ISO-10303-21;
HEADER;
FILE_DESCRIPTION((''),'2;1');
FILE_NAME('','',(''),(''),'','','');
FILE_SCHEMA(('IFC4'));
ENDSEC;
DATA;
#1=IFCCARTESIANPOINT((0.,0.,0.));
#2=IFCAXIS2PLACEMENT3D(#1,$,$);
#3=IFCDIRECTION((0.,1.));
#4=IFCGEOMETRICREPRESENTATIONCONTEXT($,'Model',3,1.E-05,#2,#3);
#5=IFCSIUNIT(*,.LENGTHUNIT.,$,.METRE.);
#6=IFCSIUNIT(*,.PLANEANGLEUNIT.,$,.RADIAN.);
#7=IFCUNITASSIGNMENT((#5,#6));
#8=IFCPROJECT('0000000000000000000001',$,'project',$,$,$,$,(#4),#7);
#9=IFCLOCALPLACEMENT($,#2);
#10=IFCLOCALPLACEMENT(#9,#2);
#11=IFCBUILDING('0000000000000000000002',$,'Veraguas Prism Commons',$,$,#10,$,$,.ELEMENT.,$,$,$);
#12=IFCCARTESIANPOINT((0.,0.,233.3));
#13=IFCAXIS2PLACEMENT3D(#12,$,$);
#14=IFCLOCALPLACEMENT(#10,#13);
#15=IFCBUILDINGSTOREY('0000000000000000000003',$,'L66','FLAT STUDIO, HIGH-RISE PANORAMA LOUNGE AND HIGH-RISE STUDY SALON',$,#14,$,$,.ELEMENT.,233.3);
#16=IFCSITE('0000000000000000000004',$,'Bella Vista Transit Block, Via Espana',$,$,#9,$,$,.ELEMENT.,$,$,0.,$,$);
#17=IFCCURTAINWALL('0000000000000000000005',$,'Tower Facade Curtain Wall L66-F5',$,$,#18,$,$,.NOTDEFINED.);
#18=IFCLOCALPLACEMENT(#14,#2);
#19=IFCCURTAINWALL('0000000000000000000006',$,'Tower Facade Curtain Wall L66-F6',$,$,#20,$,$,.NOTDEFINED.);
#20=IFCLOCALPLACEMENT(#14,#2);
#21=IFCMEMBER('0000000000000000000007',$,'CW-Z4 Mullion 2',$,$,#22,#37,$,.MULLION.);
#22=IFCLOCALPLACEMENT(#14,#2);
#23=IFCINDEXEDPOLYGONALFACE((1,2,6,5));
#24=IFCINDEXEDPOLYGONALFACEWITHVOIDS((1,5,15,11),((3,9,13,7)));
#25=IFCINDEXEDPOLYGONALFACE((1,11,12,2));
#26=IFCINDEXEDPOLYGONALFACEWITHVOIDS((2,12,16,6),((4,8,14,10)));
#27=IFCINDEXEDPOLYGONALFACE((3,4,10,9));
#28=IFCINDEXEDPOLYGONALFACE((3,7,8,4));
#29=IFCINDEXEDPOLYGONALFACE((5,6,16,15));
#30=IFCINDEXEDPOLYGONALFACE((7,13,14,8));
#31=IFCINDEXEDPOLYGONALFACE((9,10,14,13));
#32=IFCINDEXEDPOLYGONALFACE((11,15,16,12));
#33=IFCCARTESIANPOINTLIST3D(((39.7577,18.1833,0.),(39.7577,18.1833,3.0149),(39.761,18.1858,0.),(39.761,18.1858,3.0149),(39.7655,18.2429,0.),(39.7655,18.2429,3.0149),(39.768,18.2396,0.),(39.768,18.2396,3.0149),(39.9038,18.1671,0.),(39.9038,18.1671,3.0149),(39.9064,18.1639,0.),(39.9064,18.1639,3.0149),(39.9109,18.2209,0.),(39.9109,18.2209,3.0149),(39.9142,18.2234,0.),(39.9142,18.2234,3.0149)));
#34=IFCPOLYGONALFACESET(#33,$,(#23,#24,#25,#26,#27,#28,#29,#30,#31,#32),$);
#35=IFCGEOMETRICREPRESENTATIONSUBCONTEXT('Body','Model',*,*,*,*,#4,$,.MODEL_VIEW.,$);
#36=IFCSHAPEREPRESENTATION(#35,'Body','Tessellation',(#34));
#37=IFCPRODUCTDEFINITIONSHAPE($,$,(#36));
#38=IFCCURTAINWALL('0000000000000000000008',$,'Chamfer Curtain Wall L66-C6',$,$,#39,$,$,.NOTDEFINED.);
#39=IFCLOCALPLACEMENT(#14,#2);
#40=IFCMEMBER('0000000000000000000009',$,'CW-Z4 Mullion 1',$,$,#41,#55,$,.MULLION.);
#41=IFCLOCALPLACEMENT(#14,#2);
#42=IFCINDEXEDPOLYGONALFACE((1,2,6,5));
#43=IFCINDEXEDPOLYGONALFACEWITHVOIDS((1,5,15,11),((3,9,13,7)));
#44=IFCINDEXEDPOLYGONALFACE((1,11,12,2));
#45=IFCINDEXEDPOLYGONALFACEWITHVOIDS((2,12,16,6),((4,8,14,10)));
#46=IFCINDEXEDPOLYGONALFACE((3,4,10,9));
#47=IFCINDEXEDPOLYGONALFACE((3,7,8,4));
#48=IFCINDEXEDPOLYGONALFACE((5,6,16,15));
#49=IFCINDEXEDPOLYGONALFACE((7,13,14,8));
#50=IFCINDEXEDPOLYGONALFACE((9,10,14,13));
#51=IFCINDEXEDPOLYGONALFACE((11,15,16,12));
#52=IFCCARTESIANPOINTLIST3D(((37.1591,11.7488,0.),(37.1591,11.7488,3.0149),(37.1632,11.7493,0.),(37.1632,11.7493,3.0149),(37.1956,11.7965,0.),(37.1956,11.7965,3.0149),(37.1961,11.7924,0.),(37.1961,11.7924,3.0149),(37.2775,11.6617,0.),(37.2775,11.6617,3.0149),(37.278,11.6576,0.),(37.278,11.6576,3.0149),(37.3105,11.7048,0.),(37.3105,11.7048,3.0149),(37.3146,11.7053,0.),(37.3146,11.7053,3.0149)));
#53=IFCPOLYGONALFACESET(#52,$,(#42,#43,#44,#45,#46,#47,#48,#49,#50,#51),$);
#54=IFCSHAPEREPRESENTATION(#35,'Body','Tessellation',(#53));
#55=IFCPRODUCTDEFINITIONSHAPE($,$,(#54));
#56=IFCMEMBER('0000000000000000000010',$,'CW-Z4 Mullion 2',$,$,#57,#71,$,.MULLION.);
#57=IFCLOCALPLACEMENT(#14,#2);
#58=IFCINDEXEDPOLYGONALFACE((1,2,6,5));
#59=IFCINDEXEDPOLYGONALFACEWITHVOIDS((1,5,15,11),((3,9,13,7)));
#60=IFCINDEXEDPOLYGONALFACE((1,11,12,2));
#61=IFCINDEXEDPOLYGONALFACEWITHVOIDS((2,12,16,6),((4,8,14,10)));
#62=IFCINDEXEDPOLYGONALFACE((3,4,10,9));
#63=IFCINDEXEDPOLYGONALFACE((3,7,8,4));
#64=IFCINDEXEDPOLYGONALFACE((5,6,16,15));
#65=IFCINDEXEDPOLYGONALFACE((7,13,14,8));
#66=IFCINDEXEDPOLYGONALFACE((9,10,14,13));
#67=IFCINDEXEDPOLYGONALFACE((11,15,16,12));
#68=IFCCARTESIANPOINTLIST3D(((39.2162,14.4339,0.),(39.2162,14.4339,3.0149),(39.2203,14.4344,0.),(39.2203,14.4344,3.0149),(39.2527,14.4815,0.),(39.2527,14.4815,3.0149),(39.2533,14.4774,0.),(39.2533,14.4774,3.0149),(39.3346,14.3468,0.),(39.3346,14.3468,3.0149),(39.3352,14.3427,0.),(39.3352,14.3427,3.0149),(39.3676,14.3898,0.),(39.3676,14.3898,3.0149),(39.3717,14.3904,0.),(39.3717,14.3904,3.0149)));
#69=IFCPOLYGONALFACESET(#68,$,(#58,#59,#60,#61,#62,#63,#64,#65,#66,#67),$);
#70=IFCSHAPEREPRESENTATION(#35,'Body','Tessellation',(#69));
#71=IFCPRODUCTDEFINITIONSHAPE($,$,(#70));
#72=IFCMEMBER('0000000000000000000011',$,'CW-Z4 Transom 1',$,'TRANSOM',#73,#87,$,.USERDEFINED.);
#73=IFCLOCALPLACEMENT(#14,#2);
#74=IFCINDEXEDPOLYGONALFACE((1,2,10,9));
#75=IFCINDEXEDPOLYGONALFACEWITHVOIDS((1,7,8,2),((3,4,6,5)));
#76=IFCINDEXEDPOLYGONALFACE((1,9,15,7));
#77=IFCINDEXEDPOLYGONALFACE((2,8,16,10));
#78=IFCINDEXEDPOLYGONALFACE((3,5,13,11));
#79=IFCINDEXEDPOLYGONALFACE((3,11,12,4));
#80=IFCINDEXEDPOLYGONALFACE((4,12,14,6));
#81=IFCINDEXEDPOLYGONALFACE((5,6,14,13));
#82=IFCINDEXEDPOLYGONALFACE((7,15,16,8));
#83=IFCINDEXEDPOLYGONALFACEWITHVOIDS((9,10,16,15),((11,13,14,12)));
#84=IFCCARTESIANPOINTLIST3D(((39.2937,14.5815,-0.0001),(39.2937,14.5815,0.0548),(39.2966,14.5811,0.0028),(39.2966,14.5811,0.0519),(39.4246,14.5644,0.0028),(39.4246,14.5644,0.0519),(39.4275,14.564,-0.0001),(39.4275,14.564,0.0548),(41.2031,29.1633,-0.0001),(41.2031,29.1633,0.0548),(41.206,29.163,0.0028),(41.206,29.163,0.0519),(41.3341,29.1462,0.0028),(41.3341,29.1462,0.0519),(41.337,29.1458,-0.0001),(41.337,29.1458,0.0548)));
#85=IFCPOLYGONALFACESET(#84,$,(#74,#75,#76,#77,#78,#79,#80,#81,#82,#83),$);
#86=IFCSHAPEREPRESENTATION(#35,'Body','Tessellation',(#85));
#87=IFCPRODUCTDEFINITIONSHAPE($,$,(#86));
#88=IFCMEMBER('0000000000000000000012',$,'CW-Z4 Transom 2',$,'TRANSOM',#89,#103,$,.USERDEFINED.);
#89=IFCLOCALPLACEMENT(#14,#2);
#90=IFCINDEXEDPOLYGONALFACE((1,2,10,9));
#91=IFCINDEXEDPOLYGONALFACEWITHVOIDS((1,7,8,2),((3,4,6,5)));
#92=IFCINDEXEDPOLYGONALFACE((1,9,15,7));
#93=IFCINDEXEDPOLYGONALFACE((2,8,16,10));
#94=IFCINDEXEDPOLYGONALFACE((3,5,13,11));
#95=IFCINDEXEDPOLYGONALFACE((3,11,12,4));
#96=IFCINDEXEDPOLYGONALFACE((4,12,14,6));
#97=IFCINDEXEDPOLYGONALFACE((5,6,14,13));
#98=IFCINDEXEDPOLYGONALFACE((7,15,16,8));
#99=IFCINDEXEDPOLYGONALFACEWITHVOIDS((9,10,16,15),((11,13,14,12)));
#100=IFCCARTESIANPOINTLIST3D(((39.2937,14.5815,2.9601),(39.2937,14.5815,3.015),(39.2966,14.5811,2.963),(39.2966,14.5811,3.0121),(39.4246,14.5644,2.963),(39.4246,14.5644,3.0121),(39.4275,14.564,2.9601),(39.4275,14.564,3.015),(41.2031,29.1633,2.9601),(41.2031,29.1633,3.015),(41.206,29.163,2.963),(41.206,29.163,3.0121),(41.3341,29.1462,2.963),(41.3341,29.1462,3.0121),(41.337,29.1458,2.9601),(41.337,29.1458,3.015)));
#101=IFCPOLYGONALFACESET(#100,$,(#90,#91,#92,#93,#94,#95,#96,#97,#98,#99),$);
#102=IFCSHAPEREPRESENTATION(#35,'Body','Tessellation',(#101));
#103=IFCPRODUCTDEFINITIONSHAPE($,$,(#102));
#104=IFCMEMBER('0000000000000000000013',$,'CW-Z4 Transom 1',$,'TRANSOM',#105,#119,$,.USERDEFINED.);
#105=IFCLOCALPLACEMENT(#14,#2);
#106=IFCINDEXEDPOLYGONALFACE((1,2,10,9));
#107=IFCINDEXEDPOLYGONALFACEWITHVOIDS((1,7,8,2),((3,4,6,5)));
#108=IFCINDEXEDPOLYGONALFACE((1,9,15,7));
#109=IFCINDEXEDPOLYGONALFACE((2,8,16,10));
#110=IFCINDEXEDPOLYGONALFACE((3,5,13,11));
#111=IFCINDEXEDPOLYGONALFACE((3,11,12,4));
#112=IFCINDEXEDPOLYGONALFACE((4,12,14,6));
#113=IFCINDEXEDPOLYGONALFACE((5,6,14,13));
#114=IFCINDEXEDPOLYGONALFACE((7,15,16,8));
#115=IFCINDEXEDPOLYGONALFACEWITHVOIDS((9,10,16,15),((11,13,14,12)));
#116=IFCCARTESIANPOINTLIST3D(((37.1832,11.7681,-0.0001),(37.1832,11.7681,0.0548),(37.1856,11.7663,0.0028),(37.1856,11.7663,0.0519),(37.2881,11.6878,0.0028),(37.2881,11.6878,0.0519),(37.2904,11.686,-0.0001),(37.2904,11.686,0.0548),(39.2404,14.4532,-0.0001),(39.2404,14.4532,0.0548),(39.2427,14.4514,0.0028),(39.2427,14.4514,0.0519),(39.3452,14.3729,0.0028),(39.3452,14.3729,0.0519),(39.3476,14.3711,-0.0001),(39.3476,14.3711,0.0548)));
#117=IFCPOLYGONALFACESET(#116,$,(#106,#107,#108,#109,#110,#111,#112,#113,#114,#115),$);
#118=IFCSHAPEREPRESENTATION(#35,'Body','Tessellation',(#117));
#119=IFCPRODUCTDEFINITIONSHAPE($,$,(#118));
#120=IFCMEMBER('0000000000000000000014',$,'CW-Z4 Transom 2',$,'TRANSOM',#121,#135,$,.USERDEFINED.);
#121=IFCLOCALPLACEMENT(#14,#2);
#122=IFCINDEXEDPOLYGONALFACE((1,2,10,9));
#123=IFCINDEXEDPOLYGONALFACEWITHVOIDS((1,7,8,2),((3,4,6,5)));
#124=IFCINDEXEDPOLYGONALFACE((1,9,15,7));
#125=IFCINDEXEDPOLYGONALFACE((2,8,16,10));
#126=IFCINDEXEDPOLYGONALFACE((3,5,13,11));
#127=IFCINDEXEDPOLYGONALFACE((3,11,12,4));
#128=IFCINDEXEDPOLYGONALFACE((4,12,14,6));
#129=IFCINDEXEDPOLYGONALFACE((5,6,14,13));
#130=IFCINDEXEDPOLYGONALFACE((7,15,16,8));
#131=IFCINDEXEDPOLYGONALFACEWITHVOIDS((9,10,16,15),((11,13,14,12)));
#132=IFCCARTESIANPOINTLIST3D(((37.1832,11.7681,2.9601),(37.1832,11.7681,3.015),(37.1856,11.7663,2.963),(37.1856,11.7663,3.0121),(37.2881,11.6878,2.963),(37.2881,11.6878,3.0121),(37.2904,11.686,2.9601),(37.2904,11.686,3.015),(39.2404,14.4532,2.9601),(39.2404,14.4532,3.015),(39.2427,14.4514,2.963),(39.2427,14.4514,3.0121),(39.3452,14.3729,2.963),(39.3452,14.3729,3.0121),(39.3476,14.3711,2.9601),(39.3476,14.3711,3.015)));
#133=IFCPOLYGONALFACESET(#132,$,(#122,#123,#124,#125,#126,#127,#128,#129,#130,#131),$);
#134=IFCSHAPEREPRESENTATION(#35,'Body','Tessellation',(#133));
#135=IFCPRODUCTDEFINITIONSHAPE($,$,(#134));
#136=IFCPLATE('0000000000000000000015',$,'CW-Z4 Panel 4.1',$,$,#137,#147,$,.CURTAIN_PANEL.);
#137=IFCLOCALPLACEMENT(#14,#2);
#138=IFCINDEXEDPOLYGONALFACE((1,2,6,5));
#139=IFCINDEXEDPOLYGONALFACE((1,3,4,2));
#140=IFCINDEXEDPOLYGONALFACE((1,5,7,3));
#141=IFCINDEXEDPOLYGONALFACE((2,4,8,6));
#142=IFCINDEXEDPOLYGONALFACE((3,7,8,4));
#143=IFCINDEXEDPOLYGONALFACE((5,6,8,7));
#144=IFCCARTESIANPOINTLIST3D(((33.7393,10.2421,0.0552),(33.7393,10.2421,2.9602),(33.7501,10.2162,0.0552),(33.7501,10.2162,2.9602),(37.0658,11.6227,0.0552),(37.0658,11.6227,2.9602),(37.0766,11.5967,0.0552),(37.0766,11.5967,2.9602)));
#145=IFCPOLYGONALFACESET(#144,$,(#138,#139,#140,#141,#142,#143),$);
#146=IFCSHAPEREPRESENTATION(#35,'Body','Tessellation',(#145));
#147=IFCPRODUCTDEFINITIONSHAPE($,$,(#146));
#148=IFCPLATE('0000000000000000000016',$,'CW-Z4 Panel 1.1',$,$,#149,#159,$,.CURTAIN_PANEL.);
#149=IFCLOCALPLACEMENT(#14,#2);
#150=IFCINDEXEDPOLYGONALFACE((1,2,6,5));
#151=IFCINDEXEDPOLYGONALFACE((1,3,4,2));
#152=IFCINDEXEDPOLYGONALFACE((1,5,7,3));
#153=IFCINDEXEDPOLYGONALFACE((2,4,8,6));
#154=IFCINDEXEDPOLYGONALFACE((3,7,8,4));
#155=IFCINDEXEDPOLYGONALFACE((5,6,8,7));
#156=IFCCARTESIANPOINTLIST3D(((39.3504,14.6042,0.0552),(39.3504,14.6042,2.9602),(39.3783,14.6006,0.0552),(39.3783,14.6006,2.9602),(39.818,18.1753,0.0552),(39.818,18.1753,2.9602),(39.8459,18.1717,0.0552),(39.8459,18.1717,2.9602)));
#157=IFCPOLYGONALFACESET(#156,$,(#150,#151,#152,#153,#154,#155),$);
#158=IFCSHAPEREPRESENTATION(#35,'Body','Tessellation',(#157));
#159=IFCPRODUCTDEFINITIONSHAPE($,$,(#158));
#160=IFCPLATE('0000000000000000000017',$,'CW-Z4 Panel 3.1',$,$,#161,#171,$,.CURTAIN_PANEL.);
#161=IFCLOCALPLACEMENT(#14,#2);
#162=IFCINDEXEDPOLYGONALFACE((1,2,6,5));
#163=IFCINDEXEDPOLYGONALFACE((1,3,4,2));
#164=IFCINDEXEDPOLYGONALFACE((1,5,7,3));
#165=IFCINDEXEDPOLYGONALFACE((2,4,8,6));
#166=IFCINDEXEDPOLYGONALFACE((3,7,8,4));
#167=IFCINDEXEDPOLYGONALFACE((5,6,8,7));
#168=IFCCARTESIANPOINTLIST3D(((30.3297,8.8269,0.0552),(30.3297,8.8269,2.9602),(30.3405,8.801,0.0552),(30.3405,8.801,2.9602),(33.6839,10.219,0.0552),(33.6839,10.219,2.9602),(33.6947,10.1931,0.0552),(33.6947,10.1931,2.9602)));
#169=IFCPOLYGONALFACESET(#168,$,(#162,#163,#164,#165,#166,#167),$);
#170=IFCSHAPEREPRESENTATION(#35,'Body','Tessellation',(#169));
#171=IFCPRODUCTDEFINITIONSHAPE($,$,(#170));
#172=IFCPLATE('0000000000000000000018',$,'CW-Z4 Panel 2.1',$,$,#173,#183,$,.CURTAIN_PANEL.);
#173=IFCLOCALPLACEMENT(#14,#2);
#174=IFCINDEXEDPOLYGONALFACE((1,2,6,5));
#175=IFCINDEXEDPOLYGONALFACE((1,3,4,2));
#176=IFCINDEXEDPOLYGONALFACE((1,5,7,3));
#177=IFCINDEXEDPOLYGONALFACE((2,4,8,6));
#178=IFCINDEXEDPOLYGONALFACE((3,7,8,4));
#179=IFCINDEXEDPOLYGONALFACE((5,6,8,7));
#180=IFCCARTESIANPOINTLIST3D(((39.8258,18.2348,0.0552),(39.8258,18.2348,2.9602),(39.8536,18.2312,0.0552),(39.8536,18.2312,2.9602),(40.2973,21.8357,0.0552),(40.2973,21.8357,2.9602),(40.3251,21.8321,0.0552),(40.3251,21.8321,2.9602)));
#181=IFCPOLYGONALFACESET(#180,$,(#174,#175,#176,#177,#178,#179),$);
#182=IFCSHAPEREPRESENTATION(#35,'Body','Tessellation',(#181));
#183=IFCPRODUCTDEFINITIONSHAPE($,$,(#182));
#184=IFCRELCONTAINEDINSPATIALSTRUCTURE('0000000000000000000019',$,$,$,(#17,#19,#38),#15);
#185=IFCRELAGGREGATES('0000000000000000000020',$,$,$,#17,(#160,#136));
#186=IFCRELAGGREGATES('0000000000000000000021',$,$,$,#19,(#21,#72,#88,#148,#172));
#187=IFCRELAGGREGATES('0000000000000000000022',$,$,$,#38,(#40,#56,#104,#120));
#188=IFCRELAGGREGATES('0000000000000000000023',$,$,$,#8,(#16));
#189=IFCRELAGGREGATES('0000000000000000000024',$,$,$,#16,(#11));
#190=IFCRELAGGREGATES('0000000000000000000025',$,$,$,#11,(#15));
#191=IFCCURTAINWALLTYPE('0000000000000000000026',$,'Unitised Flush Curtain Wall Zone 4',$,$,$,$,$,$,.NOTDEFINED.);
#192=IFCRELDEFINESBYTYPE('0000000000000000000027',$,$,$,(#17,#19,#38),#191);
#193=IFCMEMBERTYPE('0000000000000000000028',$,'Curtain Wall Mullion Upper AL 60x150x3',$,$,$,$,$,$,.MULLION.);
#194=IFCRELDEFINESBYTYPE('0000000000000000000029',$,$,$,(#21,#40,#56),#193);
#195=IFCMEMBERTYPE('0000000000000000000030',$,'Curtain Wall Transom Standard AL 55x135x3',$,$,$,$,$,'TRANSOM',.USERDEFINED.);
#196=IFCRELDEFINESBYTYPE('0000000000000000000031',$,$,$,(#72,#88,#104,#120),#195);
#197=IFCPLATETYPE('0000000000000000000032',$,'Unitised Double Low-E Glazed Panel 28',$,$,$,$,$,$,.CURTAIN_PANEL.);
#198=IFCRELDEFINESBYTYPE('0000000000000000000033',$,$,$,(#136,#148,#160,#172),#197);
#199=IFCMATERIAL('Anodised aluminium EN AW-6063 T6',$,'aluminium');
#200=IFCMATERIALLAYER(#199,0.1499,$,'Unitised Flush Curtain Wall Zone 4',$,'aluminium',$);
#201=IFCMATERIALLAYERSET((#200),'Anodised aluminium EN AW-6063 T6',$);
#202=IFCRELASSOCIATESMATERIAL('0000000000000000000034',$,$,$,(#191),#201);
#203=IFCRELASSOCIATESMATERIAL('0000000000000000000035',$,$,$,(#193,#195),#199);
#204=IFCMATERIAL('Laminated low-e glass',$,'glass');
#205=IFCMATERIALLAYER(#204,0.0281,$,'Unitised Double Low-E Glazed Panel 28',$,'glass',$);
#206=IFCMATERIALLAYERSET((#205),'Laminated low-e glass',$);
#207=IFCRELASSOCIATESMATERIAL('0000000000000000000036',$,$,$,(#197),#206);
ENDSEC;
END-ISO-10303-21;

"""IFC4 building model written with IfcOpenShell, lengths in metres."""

from ifc_helpers import new_model, si_unit, direction, frame, origin, origin_2d, place, context, subcontext, project, spatial, rectangle, hollow_rectangle, extrude, source, transform, mapped, material, layer, layer_set, material_profile, profile_set, type_object, element, aggregate, save


model = new_model("IFC4")

# Units and contexts
model_context = context("Model", 3, precision=1e-05, world=origin(), true_north=direction((0.0, 1.0)))
body_context = subcontext(model_context, "Body", "Model", "MODEL_VIEW")
ifc_project = project(units=[si_unit("LENGTHUNIT", "METRE"), si_unit("PLANEANGLEUNIT", "RADIAN")], contexts=[model_context])

# Site, building, storey
site_placement = place(None, origin())
site = spatial("IfcSite", under=ifc_project, at=site_placement, Name="Bella Vista Transit Block, Via Espana", CompositionType="ELEMENT", RefElevation=0.0)
building_placement = place(site_placement, origin())
building = spatial("IfcBuilding", under=site, at=building_placement, Name="Veraguas Prism Commons", CompositionType="ELEMENT")
storey_placement = place(building_placement, frame((0.0, 0.0, 233.3)))
storey = spatial("IfcBuildingStorey", under=building, at=storey_placement, Name="L66", Description="FLAT STUDIO, HIGH-RISE PANORAMA LOUNGE AND HIGH-RISE STUDY SALON", CompositionType="ELEMENT", Elevation=233.3)

# Curtain walls, members
ifc_material_1 = material(Name="Anodised aluminium EN AW-6063 T6", Category="aluminium")
ifc_layer_1 = layer(ifc_material_1, 0.1499, Name="Unitised Flush Curtain Wall Zone 4", Category="aluminium")
ifc_layer_set_1 = layer_set([ifc_layer_1], Name="Anodised aluminium EN AW-6063 T6")
curtain_wall_type = type_object("IfcCurtainWallType", Name="Unitised Flush Curtain Wall Zone 4", PredefinedType="NOTDEFINED", material=ifc_layer_set_1)
curtain_wall_1_placement = place(storey_placement, origin())
curtain_wall_1 = element("IfcCurtainWall", 1, at=curtain_wall_1_placement, inside=storey, type_object=curtain_wall_type, Name="Tower Facade Curtain Wall L66-F5", PredefinedType="NOTDEFINED")
ifc_material_profile_1 = material_profile(ifc_material_1, hollow_rectangle(XDim=0.0601, YDim=0.1499, WallThickness=0.0029, at=origin_2d()), Name="AL60X150X3")
ifc_profile_set_1 = profile_set([ifc_material_profile_1], Name="Anodised aluminium EN AW-6063 T6")
member_type_1 = type_object("IfcMemberType", Name="Curtain Wall Mullion Upper AL 60x150x3", PredefinedType="MULLION", material=ifc_profile_set_1)
shared_shape_1 = source(origin(), body_context, "Body", "SweptSolid", [
    extrude(hollow_rectangle(XDim=0.0601, YDim=0.1499, WallThickness=0.0029, at=origin_2d()), origin(), (0.0, 0.0, 1.0), 3.0149),
])
curtain_wall_2_placement = place(storey_placement, origin())
curtain_wall_2 = element("IfcCurtainWall", 2, at=curtain_wall_2_placement, inside=storey, type_object=curtain_wall_type, Name="Tower Facade Curtain Wall L66-F6", PredefinedType="NOTDEFINED")
member_1_placement = place(storey_placement, frame((39.8359, 18.2034, 0.0), z_axis=(0.0, 0.0, 1.0), x_axis=(0.129836, 0.991536, 0.0)))
member_1 = element("IfcMember", 3, at=member_1_placement, type_object=member_type_1, Name="CW-Z4 Mullion 2", PredefinedType="MULLION", context=body_context, shape_type="MappedRepresentation", body=[
    mapped(shared_shape_1, transform((0.0, 0.0, 0.0), scale=1.0)),
])
curtain_wall_3_placement = place(storey_placement, origin())
curtain_wall_3 = element("IfcCurtainWall", 4, at=curtain_wall_3_placement, inside=storey, type_object=curtain_wall_type, Name="Chamfer Curtain Wall L66-C6", PredefinedType="NOTDEFINED")
member_2_placement = place(storey_placement, frame((37.2368, 11.7271, 0.0), z_axis=(0.0, 0.0, 1.0), x_axis=(0.608181, 0.793798, 0.0)))
member_2 = element("IfcMember", 5, at=member_2_placement, type_object=member_type_1, Name="CW-Z4 Mullion 1", PredefinedType="MULLION", context=body_context, shape_type="MappedRepresentation", body=[
    mapped(shared_shape_1, transform((0.0, 0.0, 0.0), scale=1.0)),
])
member_3_placement = place(storey_placement, frame((39.2939, 14.4121, 0.0), z_axis=(0.0, 0.0, 1.0), x_axis=(0.608181, 0.793798, 0.0)))
member_3 = element("IfcMember", 6, at=member_3_placement, type_object=member_type_1, Name="CW-Z4 Mullion 2", PredefinedType="MULLION", context=body_context, shape_type="MappedRepresentation", body=[
    mapped(shared_shape_1, transform((0.0, 0.0, 0.0), scale=1.0)),
])

# Members
ifc_material_profile_2 = material_profile(ifc_material_1, hollow_rectangle(XDim=0.0549, YDim=0.135, WallThickness=0.0029, at=origin_2d()), Name="AL55X135X3")
ifc_profile_set_2 = profile_set([ifc_material_profile_2], Name="Anodised aluminium EN AW-6063 T6")
member_type_2 = type_object("IfcMemberType", Name="Curtain Wall Transom Standard AL 55x135x3", ElementType="TRANSOM", PredefinedType="USERDEFINED", material=ifc_profile_set_2)
shared_shape_2 = source(origin(), body_context, "Body", "SweptSolid", [
    extrude(hollow_rectangle(XDim=0.0549, YDim=0.135, WallThickness=0.0029, at=origin_2d()), origin(), (0.0, 0.0, 1.0), 14.7063),
])
member_4_placement = place(storey_placement, frame((39.3606, 14.5728, 0.0273), z_axis=(0.129837, 0.991535, 0.0), x_axis=(0.0, 0.0, 1.0)))
member_4 = element("IfcMember", 7, at=member_4_placement, type_object=member_type_2, Name="CW-Z4 Transom 1", ObjectType="TRANSOM", PredefinedType="USERDEFINED", context=body_context, shape_type="MappedRepresentation", body=[
    mapped(shared_shape_2, transform((0.0, 0.0, 0.0), scale=1.0)),
])
member_5_placement = place(storey_placement, frame((39.3606, 14.5728, 2.9875), z_axis=(0.129837, 0.991535, 0.0), x_axis=(0.0, 0.0, 1.0)))
member_5 = element("IfcMember", 8, at=member_5_placement, type_object=member_type_2, Name="CW-Z4 Transom 2", ObjectType="TRANSOM", PredefinedType="USERDEFINED", context=body_context, shape_type="MappedRepresentation", body=[
    mapped(shared_shape_2, transform((0.0, 0.0, 0.0), scale=1.0)),
])
shared_shape_3 = source(origin(), body_context, "Body", "SweptSolid", [
    extrude(hollow_rectangle(XDim=0.0549, YDim=0.135, WallThickness=0.0029, at=origin_2d()), origin(), (0.0, 0.0, 1.0), 3.3826),
])
member_6_placement = place(storey_placement, frame((37.2368, 11.7271, 0.0273), z_axis=(0.608168, 0.793808, 0.0), x_axis=(0.0, 0.0, 1.0)))
member_6 = element("IfcMember", 9, at=member_6_placement, type_object=member_type_2, Name="CW-Z4 Transom 1", ObjectType="TRANSOM", PredefinedType="USERDEFINED", context=body_context, shape_type="MappedRepresentation", body=[
    mapped(shared_shape_3, transform((0.0, 0.0, 0.0), scale=1.0)),
])
member_7_placement = place(storey_placement, frame((37.2368, 11.7271, 2.9875), z_axis=(0.608168, 0.793808, 0.0), x_axis=(0.0, 0.0, 1.0)))
member_7 = element("IfcMember", 10, at=member_7_placement, type_object=member_type_2, Name="CW-Z4 Transom 2", ObjectType="TRANSOM", PredefinedType="USERDEFINED", context=body_context, shape_type="MappedRepresentation", body=[
    mapped(shared_shape_3, transform((0.0, 0.0, 0.0), scale=1.0)),
])

# Plates
ifc_material_2 = material(Name="Laminated low-e glass", Category="glass")
ifc_layer_2 = layer(ifc_material_2, 0.0281, Name="Unitised Double Low-E Glazed Panel 28", Category="glass")
ifc_layer_set_2 = layer_set([ifc_layer_2], Name="Laminated low-e glass")
plate_type = type_object("IfcPlateType", Name="Unitised Double Low-E Glazed Panel 28", PredefinedType="CURTAIN_PANEL", material=ifc_layer_set_2)
shared_shape_4 = source(origin(), body_context, "Body", "SweptSolid", [
    extrude(rectangle(XDim=3.6016, YDim=0.0281, at=origin_2d()), origin(), (0.0, 0.0, 1.0), 2.905),
])
plate_1_placement = place(storey_placement, frame((35.408, 10.9194, 0.0552), z_axis=(0.0, 0.0, 1.0), x_axis=(0.923615, 0.383322, 0.0)))
plate_1 = element("IfcPlate", 11, at=plate_1_placement, type_object=plate_type, Name="CW-Z4 Panel 4.1", PredefinedType="CURTAIN_PANEL", context=body_context, shape_type="MappedRepresentation", body=[
    mapped(shared_shape_4, transform((0.0, 0.0, 0.0), scale=1.0)),
])
plate_2_placement = place(storey_placement, frame((39.5981, 16.3879, 0.0552), z_axis=(0.0, 0.0, 1.0), x_axis=(0.129836, 0.991536, 0.0)))
plate_2 = element("IfcPlate", 12, at=plate_2_placement, type_object=plate_type, Name="CW-Z4 Panel 1.1", PredefinedType="CURTAIN_PANEL", context=body_context, shape_type="MappedRepresentation", body=[
    mapped(shared_shape_4, transform((0.0, 0.0, 0.0), scale=1.0)),
])
shared_shape_5 = source(origin(), body_context, "Body", "SweptSolid", [
    extrude(rectangle(XDim=3.6316, YDim=0.0281, at=origin_2d()), origin(), (0.0, 0.0, 1.0), 2.905),
])
plate_3_placement = place(storey_placement, frame((32.0122, 9.51, 0.0552), z_axis=(0.0, 0.0, 1.0), x_axis=(0.923615, 0.383322, 0.0)))
plate_3 = element("IfcPlate", 13, at=plate_3_placement, type_object=plate_type, Name="CW-Z4 Panel 3.1", PredefinedType="CURTAIN_PANEL", context=body_context, shape_type="MappedRepresentation", body=[
    mapped(shared_shape_5, transform((0.0, 0.0, 0.0), scale=1.0)),
])
aggregate(curtain_wall_1, [plate_3, plate_1])
plate_4_placement = place(storey_placement, frame((40.0754, 20.0334, 0.0552), z_axis=(0.0, 0.0, 1.0), x_axis=(0.129836, 0.991536, 0.0)))
plate_4 = element("IfcPlate", 14, at=plate_4_placement, type_object=plate_type, Name="CW-Z4 Panel 2.1", PredefinedType="CURTAIN_PANEL", context=body_context, shape_type="MappedRepresentation", body=[
    mapped(shared_shape_5, transform((0.0, 0.0, 0.0), scale=1.0)),
])
aggregate(curtain_wall_2, [member_1, member_4, member_5, plate_2, plate_4])
aggregate(curtain_wall_3, [member_2, member_3, member_6, member_7])

save(model, "model.ifc")
